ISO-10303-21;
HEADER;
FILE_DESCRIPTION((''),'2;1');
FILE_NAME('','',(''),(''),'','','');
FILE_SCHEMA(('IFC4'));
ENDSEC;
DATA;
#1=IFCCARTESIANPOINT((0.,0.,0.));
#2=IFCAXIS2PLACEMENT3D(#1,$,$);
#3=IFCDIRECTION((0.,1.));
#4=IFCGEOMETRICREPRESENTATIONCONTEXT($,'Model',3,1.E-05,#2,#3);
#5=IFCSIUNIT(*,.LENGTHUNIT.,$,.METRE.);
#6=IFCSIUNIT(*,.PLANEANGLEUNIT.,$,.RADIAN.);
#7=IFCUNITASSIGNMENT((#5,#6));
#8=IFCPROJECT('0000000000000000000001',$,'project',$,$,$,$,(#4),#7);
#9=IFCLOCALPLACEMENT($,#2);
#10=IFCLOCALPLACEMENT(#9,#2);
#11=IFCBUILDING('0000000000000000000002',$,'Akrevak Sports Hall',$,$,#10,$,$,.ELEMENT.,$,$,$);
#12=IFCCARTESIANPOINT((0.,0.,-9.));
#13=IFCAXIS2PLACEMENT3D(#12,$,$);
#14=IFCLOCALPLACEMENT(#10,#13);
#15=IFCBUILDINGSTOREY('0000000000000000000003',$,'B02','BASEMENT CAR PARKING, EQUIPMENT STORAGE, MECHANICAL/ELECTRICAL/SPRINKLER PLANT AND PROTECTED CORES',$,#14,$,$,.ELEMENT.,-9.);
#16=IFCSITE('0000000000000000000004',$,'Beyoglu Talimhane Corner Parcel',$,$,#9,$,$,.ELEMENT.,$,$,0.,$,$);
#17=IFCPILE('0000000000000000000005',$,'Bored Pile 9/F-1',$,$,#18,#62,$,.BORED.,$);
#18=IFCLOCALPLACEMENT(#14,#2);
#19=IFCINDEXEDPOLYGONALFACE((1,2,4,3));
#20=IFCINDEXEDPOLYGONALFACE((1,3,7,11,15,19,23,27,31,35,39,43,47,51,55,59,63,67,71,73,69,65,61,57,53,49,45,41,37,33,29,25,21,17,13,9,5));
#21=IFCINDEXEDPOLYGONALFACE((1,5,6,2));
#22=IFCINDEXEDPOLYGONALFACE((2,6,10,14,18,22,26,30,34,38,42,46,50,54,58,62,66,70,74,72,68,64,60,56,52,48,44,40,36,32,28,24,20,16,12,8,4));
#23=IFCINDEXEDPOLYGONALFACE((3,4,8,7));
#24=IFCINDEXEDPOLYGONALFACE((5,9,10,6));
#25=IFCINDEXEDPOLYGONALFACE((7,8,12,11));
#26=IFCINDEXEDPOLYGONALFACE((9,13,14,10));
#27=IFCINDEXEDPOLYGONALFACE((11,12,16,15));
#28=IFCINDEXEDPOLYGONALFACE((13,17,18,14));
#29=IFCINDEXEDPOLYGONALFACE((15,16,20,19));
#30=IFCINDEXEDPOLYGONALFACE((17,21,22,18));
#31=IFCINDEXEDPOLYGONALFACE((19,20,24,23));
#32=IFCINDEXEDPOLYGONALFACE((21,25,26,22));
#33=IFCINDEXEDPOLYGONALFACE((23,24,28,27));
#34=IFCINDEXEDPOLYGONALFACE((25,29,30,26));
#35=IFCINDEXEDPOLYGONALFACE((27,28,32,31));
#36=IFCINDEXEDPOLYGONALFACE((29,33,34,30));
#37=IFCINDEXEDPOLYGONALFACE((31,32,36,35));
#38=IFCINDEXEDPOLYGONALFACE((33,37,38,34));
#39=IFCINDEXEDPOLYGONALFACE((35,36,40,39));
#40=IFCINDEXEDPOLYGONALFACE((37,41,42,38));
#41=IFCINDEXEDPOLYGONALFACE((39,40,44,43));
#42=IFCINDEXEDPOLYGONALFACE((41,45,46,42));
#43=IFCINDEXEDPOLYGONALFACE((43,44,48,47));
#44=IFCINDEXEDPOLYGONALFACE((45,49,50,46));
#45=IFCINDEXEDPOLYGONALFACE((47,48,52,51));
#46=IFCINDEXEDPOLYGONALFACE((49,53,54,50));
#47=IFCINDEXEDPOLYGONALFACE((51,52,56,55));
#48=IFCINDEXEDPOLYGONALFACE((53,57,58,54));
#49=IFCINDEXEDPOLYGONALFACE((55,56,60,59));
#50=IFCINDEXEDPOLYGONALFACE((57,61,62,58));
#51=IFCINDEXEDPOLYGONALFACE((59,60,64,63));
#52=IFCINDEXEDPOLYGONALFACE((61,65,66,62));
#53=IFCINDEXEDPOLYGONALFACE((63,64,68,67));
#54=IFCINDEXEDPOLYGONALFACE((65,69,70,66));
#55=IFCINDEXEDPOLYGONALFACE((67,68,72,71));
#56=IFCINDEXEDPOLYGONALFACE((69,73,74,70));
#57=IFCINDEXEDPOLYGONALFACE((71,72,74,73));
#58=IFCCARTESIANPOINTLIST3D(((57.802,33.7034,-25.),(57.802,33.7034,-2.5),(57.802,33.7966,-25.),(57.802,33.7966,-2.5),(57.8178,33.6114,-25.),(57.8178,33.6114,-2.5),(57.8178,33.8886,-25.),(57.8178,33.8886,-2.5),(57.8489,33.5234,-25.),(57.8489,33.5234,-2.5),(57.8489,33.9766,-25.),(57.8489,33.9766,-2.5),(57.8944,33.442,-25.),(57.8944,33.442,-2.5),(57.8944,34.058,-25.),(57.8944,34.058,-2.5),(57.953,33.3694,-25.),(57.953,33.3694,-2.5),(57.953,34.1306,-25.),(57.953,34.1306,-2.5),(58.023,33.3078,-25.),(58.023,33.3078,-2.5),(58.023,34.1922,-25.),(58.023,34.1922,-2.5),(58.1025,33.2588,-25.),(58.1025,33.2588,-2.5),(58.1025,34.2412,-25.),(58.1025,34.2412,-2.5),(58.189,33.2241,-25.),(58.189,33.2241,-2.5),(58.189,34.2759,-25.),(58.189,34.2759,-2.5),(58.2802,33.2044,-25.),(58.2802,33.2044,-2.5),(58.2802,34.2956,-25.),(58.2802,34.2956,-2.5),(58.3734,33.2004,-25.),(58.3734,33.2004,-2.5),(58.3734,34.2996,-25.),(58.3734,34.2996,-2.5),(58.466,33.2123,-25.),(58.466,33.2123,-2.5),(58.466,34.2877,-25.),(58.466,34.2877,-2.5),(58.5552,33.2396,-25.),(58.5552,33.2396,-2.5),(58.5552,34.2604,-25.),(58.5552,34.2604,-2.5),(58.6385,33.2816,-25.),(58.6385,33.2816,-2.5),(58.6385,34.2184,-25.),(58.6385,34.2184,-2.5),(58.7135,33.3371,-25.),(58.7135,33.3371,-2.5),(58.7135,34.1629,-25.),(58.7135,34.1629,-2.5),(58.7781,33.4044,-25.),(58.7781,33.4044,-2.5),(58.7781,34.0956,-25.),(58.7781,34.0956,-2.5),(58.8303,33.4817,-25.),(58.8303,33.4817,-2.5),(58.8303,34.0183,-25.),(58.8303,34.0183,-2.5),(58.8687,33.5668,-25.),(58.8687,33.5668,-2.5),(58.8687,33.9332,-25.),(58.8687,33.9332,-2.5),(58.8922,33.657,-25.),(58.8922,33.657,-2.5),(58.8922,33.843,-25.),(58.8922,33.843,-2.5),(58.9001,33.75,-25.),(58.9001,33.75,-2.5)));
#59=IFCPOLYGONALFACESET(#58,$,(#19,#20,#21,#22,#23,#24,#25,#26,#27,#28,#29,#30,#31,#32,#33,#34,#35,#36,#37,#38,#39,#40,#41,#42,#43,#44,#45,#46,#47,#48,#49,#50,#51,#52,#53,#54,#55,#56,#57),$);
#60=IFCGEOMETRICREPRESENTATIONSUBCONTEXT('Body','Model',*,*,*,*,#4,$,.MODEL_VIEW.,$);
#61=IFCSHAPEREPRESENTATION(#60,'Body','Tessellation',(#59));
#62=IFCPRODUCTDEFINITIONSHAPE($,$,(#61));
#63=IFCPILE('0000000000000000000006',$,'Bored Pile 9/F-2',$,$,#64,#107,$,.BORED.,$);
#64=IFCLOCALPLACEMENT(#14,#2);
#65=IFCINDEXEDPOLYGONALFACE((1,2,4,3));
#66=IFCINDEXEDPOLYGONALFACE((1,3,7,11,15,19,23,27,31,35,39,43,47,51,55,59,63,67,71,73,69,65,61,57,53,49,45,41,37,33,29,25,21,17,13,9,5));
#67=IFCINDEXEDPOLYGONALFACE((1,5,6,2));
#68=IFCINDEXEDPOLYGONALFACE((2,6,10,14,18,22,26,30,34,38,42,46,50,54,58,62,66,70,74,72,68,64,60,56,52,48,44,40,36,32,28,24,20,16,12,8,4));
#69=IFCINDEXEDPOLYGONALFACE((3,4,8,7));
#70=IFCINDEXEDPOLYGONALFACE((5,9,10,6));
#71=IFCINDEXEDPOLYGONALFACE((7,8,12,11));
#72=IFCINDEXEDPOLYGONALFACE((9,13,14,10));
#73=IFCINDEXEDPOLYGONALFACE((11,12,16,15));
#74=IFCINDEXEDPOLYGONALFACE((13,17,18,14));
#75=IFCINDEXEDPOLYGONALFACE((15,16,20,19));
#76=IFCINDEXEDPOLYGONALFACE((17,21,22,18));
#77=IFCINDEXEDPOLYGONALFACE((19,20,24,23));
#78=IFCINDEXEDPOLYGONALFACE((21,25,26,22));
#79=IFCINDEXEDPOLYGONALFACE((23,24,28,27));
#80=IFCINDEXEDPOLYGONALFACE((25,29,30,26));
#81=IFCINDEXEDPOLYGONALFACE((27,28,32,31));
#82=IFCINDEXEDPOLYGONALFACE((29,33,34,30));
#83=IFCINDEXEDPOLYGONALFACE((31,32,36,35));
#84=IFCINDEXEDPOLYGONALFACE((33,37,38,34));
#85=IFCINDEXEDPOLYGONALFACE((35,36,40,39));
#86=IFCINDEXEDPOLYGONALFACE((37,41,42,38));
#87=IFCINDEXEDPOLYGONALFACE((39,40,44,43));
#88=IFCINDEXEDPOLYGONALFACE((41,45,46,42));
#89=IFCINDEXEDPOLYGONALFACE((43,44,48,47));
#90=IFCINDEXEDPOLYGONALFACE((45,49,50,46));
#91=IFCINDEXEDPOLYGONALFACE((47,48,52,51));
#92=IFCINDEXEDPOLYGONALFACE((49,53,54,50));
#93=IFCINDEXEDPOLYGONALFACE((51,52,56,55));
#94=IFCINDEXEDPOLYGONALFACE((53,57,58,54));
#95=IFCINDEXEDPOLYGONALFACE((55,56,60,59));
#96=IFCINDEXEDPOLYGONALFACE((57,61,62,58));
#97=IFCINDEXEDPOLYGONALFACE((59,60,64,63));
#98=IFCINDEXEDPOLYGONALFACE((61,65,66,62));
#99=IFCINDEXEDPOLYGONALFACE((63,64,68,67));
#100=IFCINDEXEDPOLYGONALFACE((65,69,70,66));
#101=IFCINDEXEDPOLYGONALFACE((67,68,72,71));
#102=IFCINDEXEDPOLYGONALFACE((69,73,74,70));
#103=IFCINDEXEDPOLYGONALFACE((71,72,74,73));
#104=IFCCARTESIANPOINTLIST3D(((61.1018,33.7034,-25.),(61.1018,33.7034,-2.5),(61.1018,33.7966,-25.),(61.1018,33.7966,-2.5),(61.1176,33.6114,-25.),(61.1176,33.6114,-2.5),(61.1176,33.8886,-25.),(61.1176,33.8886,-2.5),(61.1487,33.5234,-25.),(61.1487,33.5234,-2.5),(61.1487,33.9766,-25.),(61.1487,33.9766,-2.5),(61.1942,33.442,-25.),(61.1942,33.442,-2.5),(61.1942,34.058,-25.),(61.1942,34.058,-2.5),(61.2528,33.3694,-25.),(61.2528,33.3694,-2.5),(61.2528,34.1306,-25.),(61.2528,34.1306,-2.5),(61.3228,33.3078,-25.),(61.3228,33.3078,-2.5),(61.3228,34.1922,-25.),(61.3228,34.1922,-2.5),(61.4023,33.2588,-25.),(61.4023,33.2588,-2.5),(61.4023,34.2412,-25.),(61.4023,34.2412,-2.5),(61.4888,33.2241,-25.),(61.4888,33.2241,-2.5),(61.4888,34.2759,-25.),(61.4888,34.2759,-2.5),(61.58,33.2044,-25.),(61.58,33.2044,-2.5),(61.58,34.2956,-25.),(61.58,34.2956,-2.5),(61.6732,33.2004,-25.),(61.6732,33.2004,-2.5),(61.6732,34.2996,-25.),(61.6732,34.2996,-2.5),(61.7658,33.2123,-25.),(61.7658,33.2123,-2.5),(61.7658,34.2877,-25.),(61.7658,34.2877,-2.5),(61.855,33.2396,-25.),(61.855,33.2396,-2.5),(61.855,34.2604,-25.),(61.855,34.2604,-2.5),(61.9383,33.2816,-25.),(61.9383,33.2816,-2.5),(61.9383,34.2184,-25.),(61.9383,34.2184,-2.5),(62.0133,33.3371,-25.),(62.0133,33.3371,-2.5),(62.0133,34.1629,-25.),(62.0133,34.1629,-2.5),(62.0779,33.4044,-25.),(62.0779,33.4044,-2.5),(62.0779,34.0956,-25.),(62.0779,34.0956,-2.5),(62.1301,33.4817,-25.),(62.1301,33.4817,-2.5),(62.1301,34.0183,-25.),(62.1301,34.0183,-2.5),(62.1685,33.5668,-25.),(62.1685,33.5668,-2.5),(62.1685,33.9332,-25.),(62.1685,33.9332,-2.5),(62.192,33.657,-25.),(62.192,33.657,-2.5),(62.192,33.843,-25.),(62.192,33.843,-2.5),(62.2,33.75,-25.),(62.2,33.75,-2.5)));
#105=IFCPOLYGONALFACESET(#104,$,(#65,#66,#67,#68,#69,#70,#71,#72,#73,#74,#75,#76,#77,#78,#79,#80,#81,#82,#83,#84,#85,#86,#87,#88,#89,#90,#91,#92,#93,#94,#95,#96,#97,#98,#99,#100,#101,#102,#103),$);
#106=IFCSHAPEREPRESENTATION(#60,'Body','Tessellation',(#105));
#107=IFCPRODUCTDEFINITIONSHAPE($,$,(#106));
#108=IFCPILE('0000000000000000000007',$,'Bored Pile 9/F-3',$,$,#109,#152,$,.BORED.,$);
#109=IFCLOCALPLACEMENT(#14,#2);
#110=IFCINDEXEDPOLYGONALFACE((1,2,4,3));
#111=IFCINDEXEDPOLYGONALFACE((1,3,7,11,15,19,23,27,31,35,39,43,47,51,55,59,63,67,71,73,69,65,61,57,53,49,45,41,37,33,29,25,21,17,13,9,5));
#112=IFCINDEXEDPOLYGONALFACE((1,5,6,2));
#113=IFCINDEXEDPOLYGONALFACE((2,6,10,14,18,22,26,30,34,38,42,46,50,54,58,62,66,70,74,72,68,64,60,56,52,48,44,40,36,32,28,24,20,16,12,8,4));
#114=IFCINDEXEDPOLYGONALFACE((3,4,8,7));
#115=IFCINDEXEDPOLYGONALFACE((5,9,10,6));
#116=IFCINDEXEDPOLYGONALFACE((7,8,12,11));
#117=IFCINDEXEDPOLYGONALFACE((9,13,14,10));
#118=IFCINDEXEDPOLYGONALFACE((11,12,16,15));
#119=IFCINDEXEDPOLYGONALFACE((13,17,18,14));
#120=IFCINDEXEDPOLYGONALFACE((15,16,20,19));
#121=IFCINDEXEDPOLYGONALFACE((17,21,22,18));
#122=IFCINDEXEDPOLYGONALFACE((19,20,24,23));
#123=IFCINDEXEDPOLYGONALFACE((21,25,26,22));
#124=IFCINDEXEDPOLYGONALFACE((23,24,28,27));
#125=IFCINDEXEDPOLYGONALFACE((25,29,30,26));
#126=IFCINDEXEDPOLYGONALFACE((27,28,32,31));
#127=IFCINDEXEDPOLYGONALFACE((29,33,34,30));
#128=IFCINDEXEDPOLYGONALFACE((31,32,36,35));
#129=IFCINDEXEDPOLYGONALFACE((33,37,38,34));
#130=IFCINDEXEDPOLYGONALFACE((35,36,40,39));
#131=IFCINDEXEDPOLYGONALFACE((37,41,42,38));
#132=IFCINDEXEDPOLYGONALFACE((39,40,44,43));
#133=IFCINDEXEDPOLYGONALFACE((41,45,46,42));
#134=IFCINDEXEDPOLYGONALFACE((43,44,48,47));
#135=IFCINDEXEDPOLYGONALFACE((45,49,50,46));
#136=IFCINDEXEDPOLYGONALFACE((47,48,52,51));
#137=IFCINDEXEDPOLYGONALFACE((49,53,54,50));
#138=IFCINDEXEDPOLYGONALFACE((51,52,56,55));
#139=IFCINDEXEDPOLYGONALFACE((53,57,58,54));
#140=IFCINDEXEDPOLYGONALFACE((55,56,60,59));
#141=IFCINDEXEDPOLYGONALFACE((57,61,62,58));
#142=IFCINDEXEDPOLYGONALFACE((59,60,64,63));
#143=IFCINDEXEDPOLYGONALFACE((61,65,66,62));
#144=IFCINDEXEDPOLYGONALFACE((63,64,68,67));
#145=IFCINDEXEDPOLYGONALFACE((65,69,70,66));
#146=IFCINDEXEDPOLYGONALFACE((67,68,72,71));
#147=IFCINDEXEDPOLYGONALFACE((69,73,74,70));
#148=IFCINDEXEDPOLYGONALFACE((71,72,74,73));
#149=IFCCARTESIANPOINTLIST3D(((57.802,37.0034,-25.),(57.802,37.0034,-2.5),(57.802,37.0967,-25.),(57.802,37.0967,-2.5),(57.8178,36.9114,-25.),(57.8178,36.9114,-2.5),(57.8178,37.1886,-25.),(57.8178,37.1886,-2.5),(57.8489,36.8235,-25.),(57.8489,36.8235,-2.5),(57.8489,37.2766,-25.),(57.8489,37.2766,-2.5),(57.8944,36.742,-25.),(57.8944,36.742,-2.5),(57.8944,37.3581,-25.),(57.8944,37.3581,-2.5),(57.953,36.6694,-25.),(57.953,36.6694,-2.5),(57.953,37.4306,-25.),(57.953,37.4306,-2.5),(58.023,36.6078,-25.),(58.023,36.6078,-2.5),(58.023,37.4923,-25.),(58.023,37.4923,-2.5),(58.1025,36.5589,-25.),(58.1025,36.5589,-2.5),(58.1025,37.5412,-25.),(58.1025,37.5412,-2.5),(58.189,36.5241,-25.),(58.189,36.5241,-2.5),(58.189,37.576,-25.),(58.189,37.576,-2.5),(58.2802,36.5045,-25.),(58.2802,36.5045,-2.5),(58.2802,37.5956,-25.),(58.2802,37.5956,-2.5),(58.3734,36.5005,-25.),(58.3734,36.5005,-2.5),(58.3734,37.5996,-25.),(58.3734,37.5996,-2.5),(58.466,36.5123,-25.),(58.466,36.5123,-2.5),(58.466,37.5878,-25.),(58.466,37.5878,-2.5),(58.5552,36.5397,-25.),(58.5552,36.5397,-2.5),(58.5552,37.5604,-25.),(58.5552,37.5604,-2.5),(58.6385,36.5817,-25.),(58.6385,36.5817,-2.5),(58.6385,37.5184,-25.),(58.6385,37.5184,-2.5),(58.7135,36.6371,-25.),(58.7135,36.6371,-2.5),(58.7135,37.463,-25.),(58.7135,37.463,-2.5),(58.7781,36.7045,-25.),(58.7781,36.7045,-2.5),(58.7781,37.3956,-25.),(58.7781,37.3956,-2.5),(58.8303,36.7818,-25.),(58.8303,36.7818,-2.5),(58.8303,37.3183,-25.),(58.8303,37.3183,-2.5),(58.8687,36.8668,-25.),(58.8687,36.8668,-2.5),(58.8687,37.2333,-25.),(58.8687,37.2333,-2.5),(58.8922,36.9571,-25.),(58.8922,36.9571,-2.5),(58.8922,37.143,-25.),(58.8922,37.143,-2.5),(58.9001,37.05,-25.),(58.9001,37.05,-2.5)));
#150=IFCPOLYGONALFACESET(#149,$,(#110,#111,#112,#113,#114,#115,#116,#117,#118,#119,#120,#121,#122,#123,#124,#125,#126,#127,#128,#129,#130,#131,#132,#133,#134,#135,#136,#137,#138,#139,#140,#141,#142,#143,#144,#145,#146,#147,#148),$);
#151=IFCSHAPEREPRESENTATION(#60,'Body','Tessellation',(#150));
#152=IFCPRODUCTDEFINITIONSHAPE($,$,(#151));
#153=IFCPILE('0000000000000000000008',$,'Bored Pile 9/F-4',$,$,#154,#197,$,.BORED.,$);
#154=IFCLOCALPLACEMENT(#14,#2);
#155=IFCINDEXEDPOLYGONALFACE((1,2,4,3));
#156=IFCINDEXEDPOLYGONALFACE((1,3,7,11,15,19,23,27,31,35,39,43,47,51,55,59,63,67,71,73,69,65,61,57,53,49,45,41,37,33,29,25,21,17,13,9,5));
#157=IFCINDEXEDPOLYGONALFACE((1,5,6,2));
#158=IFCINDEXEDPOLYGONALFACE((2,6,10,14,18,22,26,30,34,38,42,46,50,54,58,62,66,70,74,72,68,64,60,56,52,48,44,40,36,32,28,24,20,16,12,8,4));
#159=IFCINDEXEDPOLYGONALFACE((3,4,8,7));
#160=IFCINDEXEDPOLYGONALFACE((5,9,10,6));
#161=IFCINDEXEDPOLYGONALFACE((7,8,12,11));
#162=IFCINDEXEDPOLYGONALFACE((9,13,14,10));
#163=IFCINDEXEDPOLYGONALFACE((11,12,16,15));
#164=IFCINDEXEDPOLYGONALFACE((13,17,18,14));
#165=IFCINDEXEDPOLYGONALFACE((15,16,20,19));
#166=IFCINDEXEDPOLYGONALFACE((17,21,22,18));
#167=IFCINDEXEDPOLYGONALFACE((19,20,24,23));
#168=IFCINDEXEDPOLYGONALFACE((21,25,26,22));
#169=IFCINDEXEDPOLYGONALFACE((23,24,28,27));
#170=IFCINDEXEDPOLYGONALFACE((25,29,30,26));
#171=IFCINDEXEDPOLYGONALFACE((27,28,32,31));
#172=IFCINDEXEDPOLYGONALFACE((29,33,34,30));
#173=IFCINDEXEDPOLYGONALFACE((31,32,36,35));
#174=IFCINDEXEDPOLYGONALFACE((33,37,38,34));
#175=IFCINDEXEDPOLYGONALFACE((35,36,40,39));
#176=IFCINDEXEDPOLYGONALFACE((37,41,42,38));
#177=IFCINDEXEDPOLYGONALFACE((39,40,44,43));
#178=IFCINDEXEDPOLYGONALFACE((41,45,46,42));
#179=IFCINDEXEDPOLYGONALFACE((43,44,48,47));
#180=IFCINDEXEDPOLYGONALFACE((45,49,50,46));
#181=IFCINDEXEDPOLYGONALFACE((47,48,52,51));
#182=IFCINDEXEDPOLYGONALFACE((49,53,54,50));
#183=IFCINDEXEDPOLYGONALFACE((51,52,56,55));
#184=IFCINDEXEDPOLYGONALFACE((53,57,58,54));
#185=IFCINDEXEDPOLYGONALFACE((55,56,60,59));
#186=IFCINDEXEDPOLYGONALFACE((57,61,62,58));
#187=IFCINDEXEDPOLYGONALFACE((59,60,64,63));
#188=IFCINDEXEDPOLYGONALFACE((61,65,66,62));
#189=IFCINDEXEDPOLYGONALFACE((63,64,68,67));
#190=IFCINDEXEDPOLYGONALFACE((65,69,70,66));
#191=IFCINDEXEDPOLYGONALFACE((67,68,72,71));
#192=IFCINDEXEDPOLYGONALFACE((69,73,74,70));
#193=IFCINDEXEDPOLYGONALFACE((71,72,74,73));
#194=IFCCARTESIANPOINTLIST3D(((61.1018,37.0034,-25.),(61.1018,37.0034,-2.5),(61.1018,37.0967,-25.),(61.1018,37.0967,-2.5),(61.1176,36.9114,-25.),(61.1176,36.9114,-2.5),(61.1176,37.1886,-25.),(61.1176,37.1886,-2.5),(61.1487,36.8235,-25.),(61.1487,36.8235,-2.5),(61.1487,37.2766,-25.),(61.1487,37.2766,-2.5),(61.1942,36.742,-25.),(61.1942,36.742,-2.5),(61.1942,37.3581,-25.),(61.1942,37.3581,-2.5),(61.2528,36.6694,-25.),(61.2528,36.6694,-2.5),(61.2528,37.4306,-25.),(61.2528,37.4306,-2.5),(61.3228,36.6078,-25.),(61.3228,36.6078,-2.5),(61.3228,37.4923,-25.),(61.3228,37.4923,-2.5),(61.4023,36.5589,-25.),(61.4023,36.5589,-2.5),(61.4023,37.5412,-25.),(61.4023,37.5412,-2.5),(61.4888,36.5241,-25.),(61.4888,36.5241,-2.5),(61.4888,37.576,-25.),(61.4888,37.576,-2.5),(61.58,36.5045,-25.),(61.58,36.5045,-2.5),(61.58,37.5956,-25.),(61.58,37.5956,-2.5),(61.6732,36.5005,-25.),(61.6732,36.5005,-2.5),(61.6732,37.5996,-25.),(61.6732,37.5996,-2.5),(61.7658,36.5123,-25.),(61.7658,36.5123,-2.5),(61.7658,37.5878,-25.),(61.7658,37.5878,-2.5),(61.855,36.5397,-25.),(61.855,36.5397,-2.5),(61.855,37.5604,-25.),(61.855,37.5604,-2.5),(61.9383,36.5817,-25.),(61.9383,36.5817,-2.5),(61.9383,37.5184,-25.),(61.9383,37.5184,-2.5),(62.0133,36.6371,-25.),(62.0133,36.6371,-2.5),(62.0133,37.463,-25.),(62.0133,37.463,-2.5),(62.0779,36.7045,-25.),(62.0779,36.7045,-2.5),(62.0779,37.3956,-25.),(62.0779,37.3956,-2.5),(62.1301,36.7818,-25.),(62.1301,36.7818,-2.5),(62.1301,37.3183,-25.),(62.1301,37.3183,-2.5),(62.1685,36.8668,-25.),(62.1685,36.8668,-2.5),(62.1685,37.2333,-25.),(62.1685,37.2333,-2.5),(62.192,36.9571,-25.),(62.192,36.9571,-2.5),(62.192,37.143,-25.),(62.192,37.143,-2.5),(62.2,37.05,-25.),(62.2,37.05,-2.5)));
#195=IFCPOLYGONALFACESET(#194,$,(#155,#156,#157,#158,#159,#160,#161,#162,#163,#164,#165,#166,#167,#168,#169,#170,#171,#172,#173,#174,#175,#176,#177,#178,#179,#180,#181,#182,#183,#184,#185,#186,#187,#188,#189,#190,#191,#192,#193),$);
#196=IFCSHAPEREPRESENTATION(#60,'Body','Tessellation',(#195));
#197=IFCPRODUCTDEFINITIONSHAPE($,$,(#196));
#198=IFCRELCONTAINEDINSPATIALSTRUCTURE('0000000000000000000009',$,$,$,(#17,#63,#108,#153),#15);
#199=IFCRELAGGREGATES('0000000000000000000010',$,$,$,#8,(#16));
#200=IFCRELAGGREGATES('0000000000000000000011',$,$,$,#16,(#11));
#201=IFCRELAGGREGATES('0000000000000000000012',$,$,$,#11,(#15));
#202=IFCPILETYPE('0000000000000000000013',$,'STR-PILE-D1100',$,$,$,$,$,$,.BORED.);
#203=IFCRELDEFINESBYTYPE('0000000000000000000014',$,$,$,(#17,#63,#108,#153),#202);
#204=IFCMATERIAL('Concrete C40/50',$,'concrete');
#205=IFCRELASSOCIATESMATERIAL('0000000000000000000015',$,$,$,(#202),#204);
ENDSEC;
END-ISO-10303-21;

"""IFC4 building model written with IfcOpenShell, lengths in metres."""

from ifc_helpers import new_model, si_unit, direction, frame, origin, origin_2d, place, context, subcontext, project, spatial, circle, extrude, material, material_profile, profile_set, type_object, element, save


model = new_model("IFC4")

# Units and contexts
model_context = context("Model", 3, precision=1e-05, world=origin(), true_north=direction((0.0, 1.0)))
body_context = subcontext(model_context, "Body", "Model", "MODEL_VIEW")
ifc_project = project(units=[si_unit("LENGTHUNIT", "METRE"), si_unit("PLANEANGLEUNIT", "RADIAN")], contexts=[model_context])

# Site, building, storey
site_placement = place(None, origin())
site = spatial("IfcSite", under=ifc_project, at=site_placement, Name="Beyoglu Talimhane Corner Parcel", CompositionType="ELEMENT", RefElevation=0.0)
building_placement = place(site_placement, origin())
building = spatial("IfcBuilding", under=site, at=building_placement, Name="Akrevak Sports Hall", CompositionType="ELEMENT")
storey_placement = place(building_placement, frame((0.0, 0.0, -9.0)))
storey = spatial("IfcBuildingStorey", under=building, at=storey_placement, Name="B02", Description="BASEMENT CAR PARKING, EQUIPMENT STORAGE, MECHANICAL/ELECTRICAL/SPRINKLER PLANT AND PROTECTED CORES", CompositionType="ELEMENT", Elevation=-9.0)

# Shared definitions
ifc_material_1 = material(Name="Concrete C40/50", Category="concrete")

# Piles
ifc_material_profile_1 = material_profile(ifc_material_1, circle(Radius=0.55, at=origin_2d()), Name="BORED PILE D1100", Category="concrete")
ifc_profile_set_1 = profile_set([ifc_material_profile_1], Name="Concrete C40/50")
pile_type = type_object("IfcPileType", Name="STR-PILE-D1100", PredefinedType="BORED", material=ifc_profile_set_1)
for number, where, z_axis, x_axis, name in (
    (1, (58.3501, 33.75, -2.5), (0.0, 0.0, -1.0), (1.0, 0.0, 0.0), "Bored Pile 9/F-1"),
    (2, (61.6499, 33.75, -2.5), (0.0, 0.0, -1.0), (1.0, 0.0, 0.0), "Bored Pile 9/F-2"),
    (3, (58.3501, 37.05, -2.5), (0.0, 0.0, -1.0), (1.0, 0.0, 0.0), "Bored Pile 9/F-3"),
    (4, (61.6499, 37.05, -2.5), (0.0, 0.0, -1.0), (1.0, 0.0, 0.0), "Bored Pile 9/F-4"),
):
    element("IfcPile", number, at=place(storey_placement, frame(where, z_axis=z_axis, x_axis=x_axis)), inside=storey, type_object=pile_type, Name=name, PredefinedType="BORED", context=body_context, shape_type="SweptSolid", body=[
        extrude(circle(Radius=0.55, at=origin_2d()), origin(), (0.0, 0.0, 1.0), 22.5),
    ])

save(model, "model.ifc")
